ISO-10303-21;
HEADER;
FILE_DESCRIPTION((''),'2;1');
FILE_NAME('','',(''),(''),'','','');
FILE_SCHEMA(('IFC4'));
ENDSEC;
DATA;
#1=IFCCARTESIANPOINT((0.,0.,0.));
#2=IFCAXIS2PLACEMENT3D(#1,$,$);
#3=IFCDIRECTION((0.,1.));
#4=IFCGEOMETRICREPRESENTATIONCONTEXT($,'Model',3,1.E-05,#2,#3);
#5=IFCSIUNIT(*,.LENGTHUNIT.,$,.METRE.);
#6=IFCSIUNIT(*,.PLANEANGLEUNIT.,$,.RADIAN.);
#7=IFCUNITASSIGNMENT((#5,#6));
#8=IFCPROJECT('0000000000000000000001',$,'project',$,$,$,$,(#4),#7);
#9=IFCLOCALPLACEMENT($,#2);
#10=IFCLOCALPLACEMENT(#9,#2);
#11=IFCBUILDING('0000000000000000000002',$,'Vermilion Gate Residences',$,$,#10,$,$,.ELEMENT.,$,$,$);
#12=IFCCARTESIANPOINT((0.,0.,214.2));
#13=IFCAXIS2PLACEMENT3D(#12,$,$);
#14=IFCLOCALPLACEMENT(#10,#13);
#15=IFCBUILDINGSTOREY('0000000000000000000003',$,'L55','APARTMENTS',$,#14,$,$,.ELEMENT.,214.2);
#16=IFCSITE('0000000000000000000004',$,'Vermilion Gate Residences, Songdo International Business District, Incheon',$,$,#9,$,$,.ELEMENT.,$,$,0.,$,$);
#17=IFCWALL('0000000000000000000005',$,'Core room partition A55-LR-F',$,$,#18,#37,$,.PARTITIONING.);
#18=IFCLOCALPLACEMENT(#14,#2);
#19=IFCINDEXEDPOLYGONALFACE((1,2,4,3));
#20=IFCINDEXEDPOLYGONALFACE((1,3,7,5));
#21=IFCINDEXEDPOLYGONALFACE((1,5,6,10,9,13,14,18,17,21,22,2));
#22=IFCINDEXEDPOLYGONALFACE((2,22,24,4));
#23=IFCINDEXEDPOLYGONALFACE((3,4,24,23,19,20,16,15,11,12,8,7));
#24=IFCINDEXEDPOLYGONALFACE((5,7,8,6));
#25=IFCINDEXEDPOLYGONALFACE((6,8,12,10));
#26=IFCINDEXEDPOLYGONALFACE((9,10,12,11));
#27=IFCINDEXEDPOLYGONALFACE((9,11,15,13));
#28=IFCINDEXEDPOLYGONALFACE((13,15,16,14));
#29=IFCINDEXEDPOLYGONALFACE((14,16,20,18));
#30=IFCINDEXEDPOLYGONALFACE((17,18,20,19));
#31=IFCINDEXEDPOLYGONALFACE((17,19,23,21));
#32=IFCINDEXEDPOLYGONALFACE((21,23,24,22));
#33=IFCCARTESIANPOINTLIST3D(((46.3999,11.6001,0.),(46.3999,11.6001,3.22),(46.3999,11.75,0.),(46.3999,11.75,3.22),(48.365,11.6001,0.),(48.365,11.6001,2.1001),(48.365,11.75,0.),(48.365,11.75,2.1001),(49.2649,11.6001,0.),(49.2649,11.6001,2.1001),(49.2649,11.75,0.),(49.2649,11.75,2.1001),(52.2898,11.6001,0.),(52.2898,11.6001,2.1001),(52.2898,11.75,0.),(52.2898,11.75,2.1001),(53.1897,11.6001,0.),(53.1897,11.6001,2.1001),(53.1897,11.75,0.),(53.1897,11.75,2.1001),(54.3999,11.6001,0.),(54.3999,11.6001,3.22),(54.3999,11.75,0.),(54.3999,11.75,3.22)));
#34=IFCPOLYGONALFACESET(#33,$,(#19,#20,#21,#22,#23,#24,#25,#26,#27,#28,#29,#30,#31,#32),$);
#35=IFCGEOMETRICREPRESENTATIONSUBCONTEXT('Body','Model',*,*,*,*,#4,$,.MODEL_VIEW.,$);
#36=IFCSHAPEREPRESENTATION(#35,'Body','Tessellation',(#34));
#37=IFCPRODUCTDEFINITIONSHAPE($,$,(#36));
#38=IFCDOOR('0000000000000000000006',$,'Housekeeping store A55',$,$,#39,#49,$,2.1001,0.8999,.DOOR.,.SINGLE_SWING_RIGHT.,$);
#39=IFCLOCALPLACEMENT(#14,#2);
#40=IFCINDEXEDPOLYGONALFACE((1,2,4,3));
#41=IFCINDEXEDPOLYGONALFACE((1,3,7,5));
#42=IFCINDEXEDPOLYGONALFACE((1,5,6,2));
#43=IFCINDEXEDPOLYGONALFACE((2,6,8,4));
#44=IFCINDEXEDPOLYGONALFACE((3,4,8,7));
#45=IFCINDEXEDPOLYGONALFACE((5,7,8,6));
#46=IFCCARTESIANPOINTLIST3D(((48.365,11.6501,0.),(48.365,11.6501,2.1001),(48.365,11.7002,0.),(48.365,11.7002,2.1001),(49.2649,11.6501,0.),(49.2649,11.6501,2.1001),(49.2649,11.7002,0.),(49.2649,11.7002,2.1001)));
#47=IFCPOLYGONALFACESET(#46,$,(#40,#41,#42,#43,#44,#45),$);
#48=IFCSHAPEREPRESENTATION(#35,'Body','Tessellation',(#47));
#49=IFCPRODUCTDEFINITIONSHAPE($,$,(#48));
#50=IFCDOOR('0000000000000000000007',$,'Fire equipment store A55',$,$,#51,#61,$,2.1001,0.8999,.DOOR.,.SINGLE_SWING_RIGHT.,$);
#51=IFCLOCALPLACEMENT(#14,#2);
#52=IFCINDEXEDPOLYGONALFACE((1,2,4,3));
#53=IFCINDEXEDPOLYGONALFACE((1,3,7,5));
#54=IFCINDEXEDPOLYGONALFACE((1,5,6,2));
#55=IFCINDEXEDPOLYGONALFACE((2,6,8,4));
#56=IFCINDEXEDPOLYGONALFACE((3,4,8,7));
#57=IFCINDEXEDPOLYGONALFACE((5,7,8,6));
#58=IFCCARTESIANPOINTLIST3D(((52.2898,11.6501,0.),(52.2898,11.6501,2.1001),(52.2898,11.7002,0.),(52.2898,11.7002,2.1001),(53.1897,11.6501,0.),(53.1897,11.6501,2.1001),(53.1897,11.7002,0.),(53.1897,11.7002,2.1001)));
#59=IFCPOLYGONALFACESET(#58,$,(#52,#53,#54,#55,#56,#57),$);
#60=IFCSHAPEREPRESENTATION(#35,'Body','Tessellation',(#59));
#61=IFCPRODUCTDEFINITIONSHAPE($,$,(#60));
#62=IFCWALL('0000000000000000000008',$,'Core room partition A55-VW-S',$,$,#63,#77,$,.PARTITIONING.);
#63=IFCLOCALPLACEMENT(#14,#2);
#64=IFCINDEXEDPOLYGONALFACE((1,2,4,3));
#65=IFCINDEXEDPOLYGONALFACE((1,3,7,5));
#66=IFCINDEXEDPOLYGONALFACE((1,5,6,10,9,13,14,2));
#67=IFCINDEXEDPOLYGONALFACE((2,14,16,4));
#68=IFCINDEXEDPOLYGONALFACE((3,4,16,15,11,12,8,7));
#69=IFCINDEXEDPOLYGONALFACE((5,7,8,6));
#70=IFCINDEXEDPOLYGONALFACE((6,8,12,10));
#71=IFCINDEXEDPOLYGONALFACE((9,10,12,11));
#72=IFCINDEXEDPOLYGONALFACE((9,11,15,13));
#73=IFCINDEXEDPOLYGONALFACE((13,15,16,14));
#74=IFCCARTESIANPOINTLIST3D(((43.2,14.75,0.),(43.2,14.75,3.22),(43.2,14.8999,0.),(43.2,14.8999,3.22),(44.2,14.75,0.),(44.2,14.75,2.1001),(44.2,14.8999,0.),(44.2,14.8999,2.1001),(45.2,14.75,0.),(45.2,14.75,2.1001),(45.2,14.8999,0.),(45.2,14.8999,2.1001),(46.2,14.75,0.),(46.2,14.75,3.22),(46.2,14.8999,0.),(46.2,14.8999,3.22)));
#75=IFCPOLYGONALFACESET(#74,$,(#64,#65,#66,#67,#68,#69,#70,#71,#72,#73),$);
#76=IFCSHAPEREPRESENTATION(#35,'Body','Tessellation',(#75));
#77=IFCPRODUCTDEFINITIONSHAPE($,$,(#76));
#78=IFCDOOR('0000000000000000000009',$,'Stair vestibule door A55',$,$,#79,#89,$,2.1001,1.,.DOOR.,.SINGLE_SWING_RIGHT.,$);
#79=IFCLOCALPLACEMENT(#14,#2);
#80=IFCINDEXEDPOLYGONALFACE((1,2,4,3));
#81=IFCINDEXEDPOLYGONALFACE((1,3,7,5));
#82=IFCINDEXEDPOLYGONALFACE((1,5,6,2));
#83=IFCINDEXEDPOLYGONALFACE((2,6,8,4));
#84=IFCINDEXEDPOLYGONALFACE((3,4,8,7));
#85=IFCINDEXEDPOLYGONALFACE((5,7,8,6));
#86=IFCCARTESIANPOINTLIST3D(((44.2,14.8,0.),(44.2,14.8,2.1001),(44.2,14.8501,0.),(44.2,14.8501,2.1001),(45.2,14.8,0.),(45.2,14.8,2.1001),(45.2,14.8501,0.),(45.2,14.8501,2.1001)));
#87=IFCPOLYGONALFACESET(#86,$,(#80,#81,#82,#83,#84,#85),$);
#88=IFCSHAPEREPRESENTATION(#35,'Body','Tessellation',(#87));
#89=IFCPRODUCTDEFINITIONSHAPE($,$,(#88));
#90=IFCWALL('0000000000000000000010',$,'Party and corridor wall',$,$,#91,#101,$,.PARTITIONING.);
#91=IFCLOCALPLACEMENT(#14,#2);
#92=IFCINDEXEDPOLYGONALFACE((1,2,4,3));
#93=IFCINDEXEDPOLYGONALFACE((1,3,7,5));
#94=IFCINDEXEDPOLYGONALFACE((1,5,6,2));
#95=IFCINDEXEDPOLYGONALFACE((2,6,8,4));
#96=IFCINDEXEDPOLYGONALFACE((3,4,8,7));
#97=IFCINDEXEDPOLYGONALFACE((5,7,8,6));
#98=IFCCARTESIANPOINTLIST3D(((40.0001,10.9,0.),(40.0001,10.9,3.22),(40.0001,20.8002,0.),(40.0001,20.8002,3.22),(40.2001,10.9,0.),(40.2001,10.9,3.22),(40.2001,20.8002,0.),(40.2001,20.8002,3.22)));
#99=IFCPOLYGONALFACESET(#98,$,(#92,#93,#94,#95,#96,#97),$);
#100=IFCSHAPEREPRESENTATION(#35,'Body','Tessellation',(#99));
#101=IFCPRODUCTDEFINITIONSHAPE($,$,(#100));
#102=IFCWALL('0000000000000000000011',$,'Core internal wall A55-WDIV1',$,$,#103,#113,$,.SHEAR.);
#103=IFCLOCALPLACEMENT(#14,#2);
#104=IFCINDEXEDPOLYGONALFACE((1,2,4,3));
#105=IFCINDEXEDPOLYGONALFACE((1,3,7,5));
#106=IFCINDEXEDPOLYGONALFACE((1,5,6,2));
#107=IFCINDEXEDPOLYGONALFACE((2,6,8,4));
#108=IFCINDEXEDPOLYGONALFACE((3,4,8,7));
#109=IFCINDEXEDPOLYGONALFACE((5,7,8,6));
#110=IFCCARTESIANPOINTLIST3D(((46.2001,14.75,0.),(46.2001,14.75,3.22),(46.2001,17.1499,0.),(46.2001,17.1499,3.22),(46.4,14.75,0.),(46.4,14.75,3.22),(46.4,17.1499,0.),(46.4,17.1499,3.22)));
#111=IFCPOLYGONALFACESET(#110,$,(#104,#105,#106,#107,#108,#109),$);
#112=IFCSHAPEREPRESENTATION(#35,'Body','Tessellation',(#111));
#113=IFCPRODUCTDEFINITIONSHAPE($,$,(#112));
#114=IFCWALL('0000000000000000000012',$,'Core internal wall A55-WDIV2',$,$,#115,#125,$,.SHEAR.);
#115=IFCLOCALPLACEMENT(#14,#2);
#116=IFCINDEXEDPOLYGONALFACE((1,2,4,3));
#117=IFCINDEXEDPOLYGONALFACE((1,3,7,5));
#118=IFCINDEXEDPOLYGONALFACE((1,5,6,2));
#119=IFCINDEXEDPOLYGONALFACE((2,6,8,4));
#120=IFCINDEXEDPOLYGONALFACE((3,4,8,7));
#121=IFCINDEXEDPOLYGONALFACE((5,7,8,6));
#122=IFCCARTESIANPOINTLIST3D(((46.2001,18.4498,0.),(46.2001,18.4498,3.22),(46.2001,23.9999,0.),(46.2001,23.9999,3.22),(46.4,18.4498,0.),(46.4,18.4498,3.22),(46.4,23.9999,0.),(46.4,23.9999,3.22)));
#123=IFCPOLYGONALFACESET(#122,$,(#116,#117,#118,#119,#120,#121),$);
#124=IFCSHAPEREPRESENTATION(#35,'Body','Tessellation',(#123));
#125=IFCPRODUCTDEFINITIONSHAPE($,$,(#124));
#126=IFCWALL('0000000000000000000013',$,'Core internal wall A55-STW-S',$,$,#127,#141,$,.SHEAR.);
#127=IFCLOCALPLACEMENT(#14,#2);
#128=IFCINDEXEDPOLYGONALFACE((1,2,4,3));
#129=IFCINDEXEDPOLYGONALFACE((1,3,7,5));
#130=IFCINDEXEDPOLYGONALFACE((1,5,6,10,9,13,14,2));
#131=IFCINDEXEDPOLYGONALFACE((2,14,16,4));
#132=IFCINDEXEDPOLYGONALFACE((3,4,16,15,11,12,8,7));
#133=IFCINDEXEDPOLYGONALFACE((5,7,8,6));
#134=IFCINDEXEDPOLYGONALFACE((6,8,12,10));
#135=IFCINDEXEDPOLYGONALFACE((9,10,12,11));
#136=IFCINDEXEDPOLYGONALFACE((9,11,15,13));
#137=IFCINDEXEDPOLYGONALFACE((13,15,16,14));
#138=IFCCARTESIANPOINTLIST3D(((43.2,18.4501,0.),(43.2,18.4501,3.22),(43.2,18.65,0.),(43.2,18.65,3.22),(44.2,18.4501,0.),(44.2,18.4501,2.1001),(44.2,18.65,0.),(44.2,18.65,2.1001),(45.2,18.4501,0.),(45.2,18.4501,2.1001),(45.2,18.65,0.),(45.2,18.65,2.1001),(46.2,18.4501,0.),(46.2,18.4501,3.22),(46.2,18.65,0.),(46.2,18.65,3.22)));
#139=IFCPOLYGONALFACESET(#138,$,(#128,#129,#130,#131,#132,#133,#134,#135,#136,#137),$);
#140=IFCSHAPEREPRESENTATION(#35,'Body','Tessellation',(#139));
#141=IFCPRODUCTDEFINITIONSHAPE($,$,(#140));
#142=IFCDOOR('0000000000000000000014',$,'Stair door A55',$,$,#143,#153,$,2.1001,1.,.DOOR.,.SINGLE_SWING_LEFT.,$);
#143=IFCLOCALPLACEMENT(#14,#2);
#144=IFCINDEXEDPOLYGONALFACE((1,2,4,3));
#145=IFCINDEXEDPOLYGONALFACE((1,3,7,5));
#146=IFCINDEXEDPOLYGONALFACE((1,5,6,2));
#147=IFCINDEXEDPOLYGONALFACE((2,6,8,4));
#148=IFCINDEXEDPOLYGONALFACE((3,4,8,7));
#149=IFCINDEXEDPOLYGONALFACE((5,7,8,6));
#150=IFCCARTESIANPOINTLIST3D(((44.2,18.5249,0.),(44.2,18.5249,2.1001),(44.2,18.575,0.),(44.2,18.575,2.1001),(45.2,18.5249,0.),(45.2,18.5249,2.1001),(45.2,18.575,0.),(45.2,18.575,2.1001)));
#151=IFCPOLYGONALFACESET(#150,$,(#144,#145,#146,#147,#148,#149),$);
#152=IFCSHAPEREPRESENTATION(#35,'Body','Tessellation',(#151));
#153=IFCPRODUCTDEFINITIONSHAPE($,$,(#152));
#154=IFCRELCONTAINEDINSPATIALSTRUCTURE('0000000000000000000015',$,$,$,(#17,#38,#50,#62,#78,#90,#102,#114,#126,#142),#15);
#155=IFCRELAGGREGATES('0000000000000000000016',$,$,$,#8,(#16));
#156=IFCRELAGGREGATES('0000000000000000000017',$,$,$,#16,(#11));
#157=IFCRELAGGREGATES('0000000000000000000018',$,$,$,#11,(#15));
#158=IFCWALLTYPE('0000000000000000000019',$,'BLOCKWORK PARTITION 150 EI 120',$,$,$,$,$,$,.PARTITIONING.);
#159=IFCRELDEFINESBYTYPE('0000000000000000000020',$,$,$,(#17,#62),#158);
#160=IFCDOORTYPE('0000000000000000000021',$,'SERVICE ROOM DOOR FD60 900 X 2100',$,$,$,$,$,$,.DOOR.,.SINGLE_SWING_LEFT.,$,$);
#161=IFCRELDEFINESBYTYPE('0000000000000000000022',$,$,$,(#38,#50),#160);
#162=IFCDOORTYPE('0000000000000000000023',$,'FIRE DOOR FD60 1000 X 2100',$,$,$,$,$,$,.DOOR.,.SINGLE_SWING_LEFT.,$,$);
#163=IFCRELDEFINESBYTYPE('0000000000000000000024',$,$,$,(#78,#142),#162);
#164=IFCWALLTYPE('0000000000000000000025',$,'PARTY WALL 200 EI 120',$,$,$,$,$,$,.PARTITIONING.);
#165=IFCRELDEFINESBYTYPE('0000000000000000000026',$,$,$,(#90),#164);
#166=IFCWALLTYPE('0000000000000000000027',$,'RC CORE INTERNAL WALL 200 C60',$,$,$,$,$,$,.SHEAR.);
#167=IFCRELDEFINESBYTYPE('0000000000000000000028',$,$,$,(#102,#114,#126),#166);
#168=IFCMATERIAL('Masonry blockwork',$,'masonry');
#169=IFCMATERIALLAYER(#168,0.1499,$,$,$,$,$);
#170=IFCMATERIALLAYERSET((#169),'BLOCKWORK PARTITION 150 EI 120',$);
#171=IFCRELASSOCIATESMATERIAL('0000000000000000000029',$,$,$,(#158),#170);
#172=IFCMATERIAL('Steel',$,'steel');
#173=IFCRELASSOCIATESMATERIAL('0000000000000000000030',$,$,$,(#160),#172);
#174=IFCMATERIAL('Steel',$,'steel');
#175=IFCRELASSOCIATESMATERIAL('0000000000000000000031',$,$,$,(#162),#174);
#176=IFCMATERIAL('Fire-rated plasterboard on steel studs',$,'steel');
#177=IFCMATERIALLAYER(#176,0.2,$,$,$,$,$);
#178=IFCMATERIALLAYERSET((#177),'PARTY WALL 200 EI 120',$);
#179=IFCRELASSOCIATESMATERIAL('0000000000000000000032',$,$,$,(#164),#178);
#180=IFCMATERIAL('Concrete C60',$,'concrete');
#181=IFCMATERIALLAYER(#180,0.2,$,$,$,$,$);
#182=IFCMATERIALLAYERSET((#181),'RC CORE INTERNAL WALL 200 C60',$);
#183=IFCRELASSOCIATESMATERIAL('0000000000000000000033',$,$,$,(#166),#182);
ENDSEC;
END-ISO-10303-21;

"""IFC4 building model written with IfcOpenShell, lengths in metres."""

from ifc_helpers import new_model, si_unit, direction, frame, frame_2d, origin, place, context, subcontext, project, spatial, rectangle, extrude, material, layer, layer_set, type_object, element, fill, save


model = new_model("IFC4")

# Units and contexts
model_context = context("Model", 3, precision=1e-05, world=origin(), true_north=direction((0.0, 1.0)))
body_context = subcontext(model_context, "Body", "Model", "MODEL_VIEW")
ifc_project = project(units=[si_unit("LENGTHUNIT", "METRE"), si_unit("PLANEANGLEUNIT", "RADIAN")], contexts=[model_context])

# Site, building, storey
site_placement = place(None, origin())
site = spatial("IfcSite", under=ifc_project, at=site_placement, Name="Vermilion Gate Residences, Songdo International Business District, Incheon", CompositionType="ELEMENT", RefElevation=0.0)
building_placement = place(site_placement, origin())
building = spatial("IfcBuilding", under=site, at=building_placement, Name="Vermilion Gate Residences", CompositionType="ELEMENT")
storey_placement = place(building_placement, frame((0.0, 0.0, 214.2)))
storey = spatial("IfcBuildingStorey", under=building, at=storey_placement, Name="L55", Description="APARTMENTS", CompositionType="ELEMENT", Elevation=214.2)

# Wall, openings, doors
ifc_material_1 = material(Name="Masonry blockwork", Category="masonry")
ifc_layer_1 = layer(ifc_material_1, 0.1499)
ifc_layer_set_1 = layer_set([ifc_layer_1], Name="BLOCKWORK PARTITION 150 EI 120")
wall_type_1 = type_object("IfcWallType", Name="BLOCKWORK PARTITION 150 EI 120", PredefinedType="PARTITIONING", material=ifc_layer_set_1)
wall_1_placement = place(storey_placement, frame((46.3999, 11.675, 0.0), z_axis=(0.0, 0.0, 1.0), x_axis=(1.0, 0.0, 0.0)))
wall_1 = element("IfcWall", 1, at=wall_1_placement, inside=storey, type_object=wall_type_1, Name="Core room partition A55-LR-F", PredefinedType="PARTITIONING", context=body_context, shape_type="SweptSolid", body=[
    extrude(rectangle(XDim=8.0, YDim=0.1499, at=frame_2d((4.0, 0.0))), origin(), (0.0, 0.0, 1.0), 3.22),
])
opening_1_placement = place(wall_1_placement, frame((1.9651, 0.0, 0.0)))
opening_1 = element("IfcOpeningElement", 2, at=opening_1_placement, cuts=wall_1, PredefinedType="OPENING", context=body_context, shape_type="SweptSolid", body=[
    extrude(rectangle(XDim=0.8999, YDim=2.1001, at=frame_2d((0.45, 1.05))), frame((0.0, 0.085, 0.0), z_axis=(0.0, -1.0, 0.0), x_axis=(1.0, 0.0, 0.0)), (0.0, 0.0, 1.0), 0.1699),
])
opening_2_placement = place(wall_1_placement, frame((5.8899, 0.0, 0.0)))
opening_2 = element("IfcOpeningElement", 3, at=opening_2_placement, cuts=wall_1, PredefinedType="OPENING", context=body_context, shape_type="SweptSolid", body=[
    extrude(rectangle(XDim=0.8999, YDim=2.1001, at=frame_2d((0.45, 1.05))), frame((0.0, 0.085, 0.0), z_axis=(0.0, -1.0, 0.0), x_axis=(1.0, 0.0, 0.0)), (0.0, 0.0, 1.0), 0.1699),
])
ifc_material_2 = material(Name="Steel", Category="steel")
door_type_1 = type_object("IfcDoorType", Name="SERVICE ROOM DOOR FD60 900 X 2100", OperationType="SINGLE_SWING_LEFT", PredefinedType="DOOR", material=ifc_material_2)
door_1_placement = place(opening_1_placement, frame((0.8999, 0.0, 0.0), z_axis=(0.0, 0.0, 1.0), x_axis=(-1.0, 0.0, 0.0)))
door_1 = element("IfcDoor", 4, at=door_1_placement, inside=storey, type_object=door_type_1, Name="Housekeeping store A55", OperationType="SINGLE_SWING_RIGHT", OverallHeight=2.1001, OverallWidth=0.8999, PredefinedType="DOOR", context=body_context, shape_type="SweptSolid", body=[
    extrude(rectangle(XDim=0.8999, YDim=2.1001, at=frame_2d((0.45, 1.05))), frame((0.0, 0.0249, 0.0), z_axis=(0.0, -1.0, 0.0), x_axis=(1.0, 0.0, 0.0)), (0.0, 0.0, 1.0), 0.05),
])
fill(opening_1, door_1)
door_2_placement = place(opening_2_placement, frame((0.8999, 0.0, 0.0), z_axis=(0.0, 0.0, 1.0), x_axis=(-1.0, 0.0, 0.0)))
door_2 = element("IfcDoor", 5, at=door_2_placement, inside=storey, type_object=door_type_1, Name="Fire equipment store A55", OperationType="SINGLE_SWING_RIGHT", OverallHeight=2.1001, OverallWidth=0.8999, PredefinedType="DOOR", context=body_context, shape_type="SweptSolid", body=[
    extrude(rectangle(XDim=0.8999, YDim=2.1001, at=frame_2d((0.45, 1.05))), frame((0.0, 0.0249, 0.0), z_axis=(0.0, -1.0, 0.0), x_axis=(1.0, 0.0, 0.0)), (0.0, 0.0, 1.0), 0.05),
])
fill(opening_2, door_2)

# Wall, opening, door
wall_2_placement = place(storey_placement, frame((43.2, 14.825, 0.0), z_axis=(0.0, 0.0, 1.0), x_axis=(1.0, 0.0, 0.0)))
wall_2 = element("IfcWall", 6, at=wall_2_placement, inside=storey, type_object=wall_type_1, Name="Core room partition A55-VW-S", PredefinedType="PARTITIONING", context=body_context, shape_type="SweptSolid", body=[
    extrude(rectangle(XDim=3.0, YDim=0.1499, at=frame_2d((1.5, 0.0))), origin(), (0.0, 0.0, 1.0), 3.22),
])
opening_3_placement = place(wall_2_placement, frame((1.0, 0.0, 0.0)))
opening_3 = element("IfcOpeningElement", 7, at=opening_3_placement, cuts=wall_2, PredefinedType="OPENING", context=body_context, shape_type="SweptSolid", body=[
    extrude(rectangle(XDim=1.0, YDim=2.1001, at=frame_2d((0.5, 1.05))), frame((0.0, 0.085, 0.0), z_axis=(0.0, -1.0, 0.0), x_axis=(1.0, 0.0, 0.0)), (0.0, 0.0, 1.0), 0.1699),
])
ifc_material_3 = material(Name="Steel", Category="steel")
door_type_2 = type_object("IfcDoorType", Name="FIRE DOOR FD60 1000 X 2100", OperationType="SINGLE_SWING_LEFT", PredefinedType="DOOR", material=ifc_material_3)
door_3_placement = place(opening_3_placement, frame((1.0, 0.0, 0.0), z_axis=(0.0, 0.0, 1.0), x_axis=(-1.0, 0.0, 0.0)))
door_3 = element("IfcDoor", 8, at=door_3_placement, inside=storey, type_object=door_type_2, Name="Stair vestibule door A55", OperationType="SINGLE_SWING_RIGHT", OverallHeight=2.1001, OverallWidth=1.0, PredefinedType="DOOR", context=body_context, shape_type="SweptSolid", body=[
    extrude(rectangle(XDim=1.0, YDim=2.1001, at=frame_2d((0.5, 1.05))), frame((0.0, 0.0249, 0.0), z_axis=(0.0, -1.0, 0.0), x_axis=(1.0, 0.0, 0.0)), (0.0, 0.0, 1.0), 0.05),
])
fill(opening_3, door_3)

# Walls
ifc_material_4 = material(Name="Fire-rated plasterboard on steel studs", Category="steel")
ifc_layer_2 = layer(ifc_material_4, 0.2)
ifc_layer_set_2 = layer_set([ifc_layer_2], Name="PARTY WALL 200 EI 120")
wall_type_2 = type_object("IfcWallType", Name="PARTY WALL 200 EI 120", PredefinedType="PARTITIONING", material=ifc_layer_set_2)
wall_3_placement = place(storey_placement, frame((40.1001, 10.8999, 0.0), z_axis=(0.0, 0.0, 1.0), x_axis=(0.0, 1.0, 0.0)))
element("IfcWall", 9, at=wall_3_placement, inside=storey, type_object=wall_type_2, Name="Party and corridor wall", PredefinedType="PARTITIONING", context=body_context, shape_type="SweptSolid", body=[
    extrude(rectangle(XDim=9.9001, YDim=0.2, at=frame_2d((4.9502, 0.0))), origin(), (0.0, 0.0, 1.0), 3.22),
])
ifc_material_5 = material(Name="Concrete C60", Category="concrete")
ifc_layer_3 = layer(ifc_material_5, 0.2)
ifc_layer_set_3 = layer_set([ifc_layer_3], Name="RC CORE INTERNAL WALL 200 C60")
wall_type_3 = type_object("IfcWallType", Name="RC CORE INTERNAL WALL 200 C60", PredefinedType="SHEAR", material=ifc_layer_set_3)
wall_4_placement = place(storey_placement, frame((46.3, 14.75, 0.0), z_axis=(0.0, 0.0, 1.0), x_axis=(0.0, 1.0, 0.0)))
element("IfcWall", 10, at=wall_4_placement, inside=storey, type_object=wall_type_3, Name="Core internal wall A55-WDIV1", PredefinedType="SHEAR", context=body_context, shape_type="SweptSolid", body=[
    extrude(rectangle(XDim=2.3999, YDim=0.2, at=frame_2d((1.2, 0.0))), origin(), (0.0, 0.0, 1.0), 3.22),
])
wall_5_placement = place(storey_placement, frame((46.3, 18.45, 0.0), z_axis=(0.0, 0.0, 1.0), x_axis=(0.0, 1.0, 0.0)))
element("IfcWall", 11, at=wall_5_placement, inside=storey, type_object=wall_type_3, Name="Core internal wall A55-WDIV2", PredefinedType="SHEAR", context=body_context, shape_type="SweptSolid", body=[
    extrude(rectangle(XDim=5.55, YDim=0.2, at=frame_2d((2.7749, 0.0))), origin(), (0.0, 0.0, 1.0), 3.22),
])

# Wall, opening, door
wall_6_placement = place(storey_placement, frame((43.2, 18.55, 0.0), z_axis=(0.0, 0.0, 1.0), x_axis=(1.0, 0.0, 0.0)))
wall_6 = element("IfcWall", 12, at=wall_6_placement, inside=storey, type_object=wall_type_3, Name="Core internal wall A55-STW-S", PredefinedType="SHEAR", context=body_context, shape_type="SweptSolid", body=[
    extrude(rectangle(XDim=3.0, YDim=0.2, at=frame_2d((1.5, 0.0))), origin(), (0.0, 0.0, 1.0), 3.22),
])
opening_4_placement = place(wall_6_placement, frame((1.0, 0.0, 0.0)))
opening_4 = element("IfcOpeningElement", 13, at=opening_4_placement, cuts=wall_6, PredefinedType="OPENING", context=body_context, shape_type="SweptSolid", body=[
    extrude(rectangle(XDim=1.0, YDim=2.1001, at=frame_2d((0.5, 1.05))), frame((0.0, 0.1099, 0.0), z_axis=(0.0, -1.0, 0.0), x_axis=(1.0, 0.0, 0.0)), (0.0, 0.0, 1.0), 0.22),
])
door_4_placement = place(opening_4_placement, origin())
door_4 = element("IfcDoor", 14, at=door_4_placement, inside=storey, type_object=door_type_2, Name="Stair door A55", OperationType="SINGLE_SWING_LEFT", OverallHeight=2.1001, OverallWidth=1.0, PredefinedType="DOOR", context=body_context, shape_type="SweptSolid", body=[
    extrude(rectangle(XDim=1.0, YDim=2.1001, at=frame_2d((0.5, 1.05))), frame((0.0, 0.0249, 0.0), z_axis=(0.0, -1.0, 0.0), x_axis=(1.0, 0.0, 0.0)), (0.0, 0.0, 1.0), 0.05),
])
fill(opening_4, door_4)

save(model, "model.ifc")
